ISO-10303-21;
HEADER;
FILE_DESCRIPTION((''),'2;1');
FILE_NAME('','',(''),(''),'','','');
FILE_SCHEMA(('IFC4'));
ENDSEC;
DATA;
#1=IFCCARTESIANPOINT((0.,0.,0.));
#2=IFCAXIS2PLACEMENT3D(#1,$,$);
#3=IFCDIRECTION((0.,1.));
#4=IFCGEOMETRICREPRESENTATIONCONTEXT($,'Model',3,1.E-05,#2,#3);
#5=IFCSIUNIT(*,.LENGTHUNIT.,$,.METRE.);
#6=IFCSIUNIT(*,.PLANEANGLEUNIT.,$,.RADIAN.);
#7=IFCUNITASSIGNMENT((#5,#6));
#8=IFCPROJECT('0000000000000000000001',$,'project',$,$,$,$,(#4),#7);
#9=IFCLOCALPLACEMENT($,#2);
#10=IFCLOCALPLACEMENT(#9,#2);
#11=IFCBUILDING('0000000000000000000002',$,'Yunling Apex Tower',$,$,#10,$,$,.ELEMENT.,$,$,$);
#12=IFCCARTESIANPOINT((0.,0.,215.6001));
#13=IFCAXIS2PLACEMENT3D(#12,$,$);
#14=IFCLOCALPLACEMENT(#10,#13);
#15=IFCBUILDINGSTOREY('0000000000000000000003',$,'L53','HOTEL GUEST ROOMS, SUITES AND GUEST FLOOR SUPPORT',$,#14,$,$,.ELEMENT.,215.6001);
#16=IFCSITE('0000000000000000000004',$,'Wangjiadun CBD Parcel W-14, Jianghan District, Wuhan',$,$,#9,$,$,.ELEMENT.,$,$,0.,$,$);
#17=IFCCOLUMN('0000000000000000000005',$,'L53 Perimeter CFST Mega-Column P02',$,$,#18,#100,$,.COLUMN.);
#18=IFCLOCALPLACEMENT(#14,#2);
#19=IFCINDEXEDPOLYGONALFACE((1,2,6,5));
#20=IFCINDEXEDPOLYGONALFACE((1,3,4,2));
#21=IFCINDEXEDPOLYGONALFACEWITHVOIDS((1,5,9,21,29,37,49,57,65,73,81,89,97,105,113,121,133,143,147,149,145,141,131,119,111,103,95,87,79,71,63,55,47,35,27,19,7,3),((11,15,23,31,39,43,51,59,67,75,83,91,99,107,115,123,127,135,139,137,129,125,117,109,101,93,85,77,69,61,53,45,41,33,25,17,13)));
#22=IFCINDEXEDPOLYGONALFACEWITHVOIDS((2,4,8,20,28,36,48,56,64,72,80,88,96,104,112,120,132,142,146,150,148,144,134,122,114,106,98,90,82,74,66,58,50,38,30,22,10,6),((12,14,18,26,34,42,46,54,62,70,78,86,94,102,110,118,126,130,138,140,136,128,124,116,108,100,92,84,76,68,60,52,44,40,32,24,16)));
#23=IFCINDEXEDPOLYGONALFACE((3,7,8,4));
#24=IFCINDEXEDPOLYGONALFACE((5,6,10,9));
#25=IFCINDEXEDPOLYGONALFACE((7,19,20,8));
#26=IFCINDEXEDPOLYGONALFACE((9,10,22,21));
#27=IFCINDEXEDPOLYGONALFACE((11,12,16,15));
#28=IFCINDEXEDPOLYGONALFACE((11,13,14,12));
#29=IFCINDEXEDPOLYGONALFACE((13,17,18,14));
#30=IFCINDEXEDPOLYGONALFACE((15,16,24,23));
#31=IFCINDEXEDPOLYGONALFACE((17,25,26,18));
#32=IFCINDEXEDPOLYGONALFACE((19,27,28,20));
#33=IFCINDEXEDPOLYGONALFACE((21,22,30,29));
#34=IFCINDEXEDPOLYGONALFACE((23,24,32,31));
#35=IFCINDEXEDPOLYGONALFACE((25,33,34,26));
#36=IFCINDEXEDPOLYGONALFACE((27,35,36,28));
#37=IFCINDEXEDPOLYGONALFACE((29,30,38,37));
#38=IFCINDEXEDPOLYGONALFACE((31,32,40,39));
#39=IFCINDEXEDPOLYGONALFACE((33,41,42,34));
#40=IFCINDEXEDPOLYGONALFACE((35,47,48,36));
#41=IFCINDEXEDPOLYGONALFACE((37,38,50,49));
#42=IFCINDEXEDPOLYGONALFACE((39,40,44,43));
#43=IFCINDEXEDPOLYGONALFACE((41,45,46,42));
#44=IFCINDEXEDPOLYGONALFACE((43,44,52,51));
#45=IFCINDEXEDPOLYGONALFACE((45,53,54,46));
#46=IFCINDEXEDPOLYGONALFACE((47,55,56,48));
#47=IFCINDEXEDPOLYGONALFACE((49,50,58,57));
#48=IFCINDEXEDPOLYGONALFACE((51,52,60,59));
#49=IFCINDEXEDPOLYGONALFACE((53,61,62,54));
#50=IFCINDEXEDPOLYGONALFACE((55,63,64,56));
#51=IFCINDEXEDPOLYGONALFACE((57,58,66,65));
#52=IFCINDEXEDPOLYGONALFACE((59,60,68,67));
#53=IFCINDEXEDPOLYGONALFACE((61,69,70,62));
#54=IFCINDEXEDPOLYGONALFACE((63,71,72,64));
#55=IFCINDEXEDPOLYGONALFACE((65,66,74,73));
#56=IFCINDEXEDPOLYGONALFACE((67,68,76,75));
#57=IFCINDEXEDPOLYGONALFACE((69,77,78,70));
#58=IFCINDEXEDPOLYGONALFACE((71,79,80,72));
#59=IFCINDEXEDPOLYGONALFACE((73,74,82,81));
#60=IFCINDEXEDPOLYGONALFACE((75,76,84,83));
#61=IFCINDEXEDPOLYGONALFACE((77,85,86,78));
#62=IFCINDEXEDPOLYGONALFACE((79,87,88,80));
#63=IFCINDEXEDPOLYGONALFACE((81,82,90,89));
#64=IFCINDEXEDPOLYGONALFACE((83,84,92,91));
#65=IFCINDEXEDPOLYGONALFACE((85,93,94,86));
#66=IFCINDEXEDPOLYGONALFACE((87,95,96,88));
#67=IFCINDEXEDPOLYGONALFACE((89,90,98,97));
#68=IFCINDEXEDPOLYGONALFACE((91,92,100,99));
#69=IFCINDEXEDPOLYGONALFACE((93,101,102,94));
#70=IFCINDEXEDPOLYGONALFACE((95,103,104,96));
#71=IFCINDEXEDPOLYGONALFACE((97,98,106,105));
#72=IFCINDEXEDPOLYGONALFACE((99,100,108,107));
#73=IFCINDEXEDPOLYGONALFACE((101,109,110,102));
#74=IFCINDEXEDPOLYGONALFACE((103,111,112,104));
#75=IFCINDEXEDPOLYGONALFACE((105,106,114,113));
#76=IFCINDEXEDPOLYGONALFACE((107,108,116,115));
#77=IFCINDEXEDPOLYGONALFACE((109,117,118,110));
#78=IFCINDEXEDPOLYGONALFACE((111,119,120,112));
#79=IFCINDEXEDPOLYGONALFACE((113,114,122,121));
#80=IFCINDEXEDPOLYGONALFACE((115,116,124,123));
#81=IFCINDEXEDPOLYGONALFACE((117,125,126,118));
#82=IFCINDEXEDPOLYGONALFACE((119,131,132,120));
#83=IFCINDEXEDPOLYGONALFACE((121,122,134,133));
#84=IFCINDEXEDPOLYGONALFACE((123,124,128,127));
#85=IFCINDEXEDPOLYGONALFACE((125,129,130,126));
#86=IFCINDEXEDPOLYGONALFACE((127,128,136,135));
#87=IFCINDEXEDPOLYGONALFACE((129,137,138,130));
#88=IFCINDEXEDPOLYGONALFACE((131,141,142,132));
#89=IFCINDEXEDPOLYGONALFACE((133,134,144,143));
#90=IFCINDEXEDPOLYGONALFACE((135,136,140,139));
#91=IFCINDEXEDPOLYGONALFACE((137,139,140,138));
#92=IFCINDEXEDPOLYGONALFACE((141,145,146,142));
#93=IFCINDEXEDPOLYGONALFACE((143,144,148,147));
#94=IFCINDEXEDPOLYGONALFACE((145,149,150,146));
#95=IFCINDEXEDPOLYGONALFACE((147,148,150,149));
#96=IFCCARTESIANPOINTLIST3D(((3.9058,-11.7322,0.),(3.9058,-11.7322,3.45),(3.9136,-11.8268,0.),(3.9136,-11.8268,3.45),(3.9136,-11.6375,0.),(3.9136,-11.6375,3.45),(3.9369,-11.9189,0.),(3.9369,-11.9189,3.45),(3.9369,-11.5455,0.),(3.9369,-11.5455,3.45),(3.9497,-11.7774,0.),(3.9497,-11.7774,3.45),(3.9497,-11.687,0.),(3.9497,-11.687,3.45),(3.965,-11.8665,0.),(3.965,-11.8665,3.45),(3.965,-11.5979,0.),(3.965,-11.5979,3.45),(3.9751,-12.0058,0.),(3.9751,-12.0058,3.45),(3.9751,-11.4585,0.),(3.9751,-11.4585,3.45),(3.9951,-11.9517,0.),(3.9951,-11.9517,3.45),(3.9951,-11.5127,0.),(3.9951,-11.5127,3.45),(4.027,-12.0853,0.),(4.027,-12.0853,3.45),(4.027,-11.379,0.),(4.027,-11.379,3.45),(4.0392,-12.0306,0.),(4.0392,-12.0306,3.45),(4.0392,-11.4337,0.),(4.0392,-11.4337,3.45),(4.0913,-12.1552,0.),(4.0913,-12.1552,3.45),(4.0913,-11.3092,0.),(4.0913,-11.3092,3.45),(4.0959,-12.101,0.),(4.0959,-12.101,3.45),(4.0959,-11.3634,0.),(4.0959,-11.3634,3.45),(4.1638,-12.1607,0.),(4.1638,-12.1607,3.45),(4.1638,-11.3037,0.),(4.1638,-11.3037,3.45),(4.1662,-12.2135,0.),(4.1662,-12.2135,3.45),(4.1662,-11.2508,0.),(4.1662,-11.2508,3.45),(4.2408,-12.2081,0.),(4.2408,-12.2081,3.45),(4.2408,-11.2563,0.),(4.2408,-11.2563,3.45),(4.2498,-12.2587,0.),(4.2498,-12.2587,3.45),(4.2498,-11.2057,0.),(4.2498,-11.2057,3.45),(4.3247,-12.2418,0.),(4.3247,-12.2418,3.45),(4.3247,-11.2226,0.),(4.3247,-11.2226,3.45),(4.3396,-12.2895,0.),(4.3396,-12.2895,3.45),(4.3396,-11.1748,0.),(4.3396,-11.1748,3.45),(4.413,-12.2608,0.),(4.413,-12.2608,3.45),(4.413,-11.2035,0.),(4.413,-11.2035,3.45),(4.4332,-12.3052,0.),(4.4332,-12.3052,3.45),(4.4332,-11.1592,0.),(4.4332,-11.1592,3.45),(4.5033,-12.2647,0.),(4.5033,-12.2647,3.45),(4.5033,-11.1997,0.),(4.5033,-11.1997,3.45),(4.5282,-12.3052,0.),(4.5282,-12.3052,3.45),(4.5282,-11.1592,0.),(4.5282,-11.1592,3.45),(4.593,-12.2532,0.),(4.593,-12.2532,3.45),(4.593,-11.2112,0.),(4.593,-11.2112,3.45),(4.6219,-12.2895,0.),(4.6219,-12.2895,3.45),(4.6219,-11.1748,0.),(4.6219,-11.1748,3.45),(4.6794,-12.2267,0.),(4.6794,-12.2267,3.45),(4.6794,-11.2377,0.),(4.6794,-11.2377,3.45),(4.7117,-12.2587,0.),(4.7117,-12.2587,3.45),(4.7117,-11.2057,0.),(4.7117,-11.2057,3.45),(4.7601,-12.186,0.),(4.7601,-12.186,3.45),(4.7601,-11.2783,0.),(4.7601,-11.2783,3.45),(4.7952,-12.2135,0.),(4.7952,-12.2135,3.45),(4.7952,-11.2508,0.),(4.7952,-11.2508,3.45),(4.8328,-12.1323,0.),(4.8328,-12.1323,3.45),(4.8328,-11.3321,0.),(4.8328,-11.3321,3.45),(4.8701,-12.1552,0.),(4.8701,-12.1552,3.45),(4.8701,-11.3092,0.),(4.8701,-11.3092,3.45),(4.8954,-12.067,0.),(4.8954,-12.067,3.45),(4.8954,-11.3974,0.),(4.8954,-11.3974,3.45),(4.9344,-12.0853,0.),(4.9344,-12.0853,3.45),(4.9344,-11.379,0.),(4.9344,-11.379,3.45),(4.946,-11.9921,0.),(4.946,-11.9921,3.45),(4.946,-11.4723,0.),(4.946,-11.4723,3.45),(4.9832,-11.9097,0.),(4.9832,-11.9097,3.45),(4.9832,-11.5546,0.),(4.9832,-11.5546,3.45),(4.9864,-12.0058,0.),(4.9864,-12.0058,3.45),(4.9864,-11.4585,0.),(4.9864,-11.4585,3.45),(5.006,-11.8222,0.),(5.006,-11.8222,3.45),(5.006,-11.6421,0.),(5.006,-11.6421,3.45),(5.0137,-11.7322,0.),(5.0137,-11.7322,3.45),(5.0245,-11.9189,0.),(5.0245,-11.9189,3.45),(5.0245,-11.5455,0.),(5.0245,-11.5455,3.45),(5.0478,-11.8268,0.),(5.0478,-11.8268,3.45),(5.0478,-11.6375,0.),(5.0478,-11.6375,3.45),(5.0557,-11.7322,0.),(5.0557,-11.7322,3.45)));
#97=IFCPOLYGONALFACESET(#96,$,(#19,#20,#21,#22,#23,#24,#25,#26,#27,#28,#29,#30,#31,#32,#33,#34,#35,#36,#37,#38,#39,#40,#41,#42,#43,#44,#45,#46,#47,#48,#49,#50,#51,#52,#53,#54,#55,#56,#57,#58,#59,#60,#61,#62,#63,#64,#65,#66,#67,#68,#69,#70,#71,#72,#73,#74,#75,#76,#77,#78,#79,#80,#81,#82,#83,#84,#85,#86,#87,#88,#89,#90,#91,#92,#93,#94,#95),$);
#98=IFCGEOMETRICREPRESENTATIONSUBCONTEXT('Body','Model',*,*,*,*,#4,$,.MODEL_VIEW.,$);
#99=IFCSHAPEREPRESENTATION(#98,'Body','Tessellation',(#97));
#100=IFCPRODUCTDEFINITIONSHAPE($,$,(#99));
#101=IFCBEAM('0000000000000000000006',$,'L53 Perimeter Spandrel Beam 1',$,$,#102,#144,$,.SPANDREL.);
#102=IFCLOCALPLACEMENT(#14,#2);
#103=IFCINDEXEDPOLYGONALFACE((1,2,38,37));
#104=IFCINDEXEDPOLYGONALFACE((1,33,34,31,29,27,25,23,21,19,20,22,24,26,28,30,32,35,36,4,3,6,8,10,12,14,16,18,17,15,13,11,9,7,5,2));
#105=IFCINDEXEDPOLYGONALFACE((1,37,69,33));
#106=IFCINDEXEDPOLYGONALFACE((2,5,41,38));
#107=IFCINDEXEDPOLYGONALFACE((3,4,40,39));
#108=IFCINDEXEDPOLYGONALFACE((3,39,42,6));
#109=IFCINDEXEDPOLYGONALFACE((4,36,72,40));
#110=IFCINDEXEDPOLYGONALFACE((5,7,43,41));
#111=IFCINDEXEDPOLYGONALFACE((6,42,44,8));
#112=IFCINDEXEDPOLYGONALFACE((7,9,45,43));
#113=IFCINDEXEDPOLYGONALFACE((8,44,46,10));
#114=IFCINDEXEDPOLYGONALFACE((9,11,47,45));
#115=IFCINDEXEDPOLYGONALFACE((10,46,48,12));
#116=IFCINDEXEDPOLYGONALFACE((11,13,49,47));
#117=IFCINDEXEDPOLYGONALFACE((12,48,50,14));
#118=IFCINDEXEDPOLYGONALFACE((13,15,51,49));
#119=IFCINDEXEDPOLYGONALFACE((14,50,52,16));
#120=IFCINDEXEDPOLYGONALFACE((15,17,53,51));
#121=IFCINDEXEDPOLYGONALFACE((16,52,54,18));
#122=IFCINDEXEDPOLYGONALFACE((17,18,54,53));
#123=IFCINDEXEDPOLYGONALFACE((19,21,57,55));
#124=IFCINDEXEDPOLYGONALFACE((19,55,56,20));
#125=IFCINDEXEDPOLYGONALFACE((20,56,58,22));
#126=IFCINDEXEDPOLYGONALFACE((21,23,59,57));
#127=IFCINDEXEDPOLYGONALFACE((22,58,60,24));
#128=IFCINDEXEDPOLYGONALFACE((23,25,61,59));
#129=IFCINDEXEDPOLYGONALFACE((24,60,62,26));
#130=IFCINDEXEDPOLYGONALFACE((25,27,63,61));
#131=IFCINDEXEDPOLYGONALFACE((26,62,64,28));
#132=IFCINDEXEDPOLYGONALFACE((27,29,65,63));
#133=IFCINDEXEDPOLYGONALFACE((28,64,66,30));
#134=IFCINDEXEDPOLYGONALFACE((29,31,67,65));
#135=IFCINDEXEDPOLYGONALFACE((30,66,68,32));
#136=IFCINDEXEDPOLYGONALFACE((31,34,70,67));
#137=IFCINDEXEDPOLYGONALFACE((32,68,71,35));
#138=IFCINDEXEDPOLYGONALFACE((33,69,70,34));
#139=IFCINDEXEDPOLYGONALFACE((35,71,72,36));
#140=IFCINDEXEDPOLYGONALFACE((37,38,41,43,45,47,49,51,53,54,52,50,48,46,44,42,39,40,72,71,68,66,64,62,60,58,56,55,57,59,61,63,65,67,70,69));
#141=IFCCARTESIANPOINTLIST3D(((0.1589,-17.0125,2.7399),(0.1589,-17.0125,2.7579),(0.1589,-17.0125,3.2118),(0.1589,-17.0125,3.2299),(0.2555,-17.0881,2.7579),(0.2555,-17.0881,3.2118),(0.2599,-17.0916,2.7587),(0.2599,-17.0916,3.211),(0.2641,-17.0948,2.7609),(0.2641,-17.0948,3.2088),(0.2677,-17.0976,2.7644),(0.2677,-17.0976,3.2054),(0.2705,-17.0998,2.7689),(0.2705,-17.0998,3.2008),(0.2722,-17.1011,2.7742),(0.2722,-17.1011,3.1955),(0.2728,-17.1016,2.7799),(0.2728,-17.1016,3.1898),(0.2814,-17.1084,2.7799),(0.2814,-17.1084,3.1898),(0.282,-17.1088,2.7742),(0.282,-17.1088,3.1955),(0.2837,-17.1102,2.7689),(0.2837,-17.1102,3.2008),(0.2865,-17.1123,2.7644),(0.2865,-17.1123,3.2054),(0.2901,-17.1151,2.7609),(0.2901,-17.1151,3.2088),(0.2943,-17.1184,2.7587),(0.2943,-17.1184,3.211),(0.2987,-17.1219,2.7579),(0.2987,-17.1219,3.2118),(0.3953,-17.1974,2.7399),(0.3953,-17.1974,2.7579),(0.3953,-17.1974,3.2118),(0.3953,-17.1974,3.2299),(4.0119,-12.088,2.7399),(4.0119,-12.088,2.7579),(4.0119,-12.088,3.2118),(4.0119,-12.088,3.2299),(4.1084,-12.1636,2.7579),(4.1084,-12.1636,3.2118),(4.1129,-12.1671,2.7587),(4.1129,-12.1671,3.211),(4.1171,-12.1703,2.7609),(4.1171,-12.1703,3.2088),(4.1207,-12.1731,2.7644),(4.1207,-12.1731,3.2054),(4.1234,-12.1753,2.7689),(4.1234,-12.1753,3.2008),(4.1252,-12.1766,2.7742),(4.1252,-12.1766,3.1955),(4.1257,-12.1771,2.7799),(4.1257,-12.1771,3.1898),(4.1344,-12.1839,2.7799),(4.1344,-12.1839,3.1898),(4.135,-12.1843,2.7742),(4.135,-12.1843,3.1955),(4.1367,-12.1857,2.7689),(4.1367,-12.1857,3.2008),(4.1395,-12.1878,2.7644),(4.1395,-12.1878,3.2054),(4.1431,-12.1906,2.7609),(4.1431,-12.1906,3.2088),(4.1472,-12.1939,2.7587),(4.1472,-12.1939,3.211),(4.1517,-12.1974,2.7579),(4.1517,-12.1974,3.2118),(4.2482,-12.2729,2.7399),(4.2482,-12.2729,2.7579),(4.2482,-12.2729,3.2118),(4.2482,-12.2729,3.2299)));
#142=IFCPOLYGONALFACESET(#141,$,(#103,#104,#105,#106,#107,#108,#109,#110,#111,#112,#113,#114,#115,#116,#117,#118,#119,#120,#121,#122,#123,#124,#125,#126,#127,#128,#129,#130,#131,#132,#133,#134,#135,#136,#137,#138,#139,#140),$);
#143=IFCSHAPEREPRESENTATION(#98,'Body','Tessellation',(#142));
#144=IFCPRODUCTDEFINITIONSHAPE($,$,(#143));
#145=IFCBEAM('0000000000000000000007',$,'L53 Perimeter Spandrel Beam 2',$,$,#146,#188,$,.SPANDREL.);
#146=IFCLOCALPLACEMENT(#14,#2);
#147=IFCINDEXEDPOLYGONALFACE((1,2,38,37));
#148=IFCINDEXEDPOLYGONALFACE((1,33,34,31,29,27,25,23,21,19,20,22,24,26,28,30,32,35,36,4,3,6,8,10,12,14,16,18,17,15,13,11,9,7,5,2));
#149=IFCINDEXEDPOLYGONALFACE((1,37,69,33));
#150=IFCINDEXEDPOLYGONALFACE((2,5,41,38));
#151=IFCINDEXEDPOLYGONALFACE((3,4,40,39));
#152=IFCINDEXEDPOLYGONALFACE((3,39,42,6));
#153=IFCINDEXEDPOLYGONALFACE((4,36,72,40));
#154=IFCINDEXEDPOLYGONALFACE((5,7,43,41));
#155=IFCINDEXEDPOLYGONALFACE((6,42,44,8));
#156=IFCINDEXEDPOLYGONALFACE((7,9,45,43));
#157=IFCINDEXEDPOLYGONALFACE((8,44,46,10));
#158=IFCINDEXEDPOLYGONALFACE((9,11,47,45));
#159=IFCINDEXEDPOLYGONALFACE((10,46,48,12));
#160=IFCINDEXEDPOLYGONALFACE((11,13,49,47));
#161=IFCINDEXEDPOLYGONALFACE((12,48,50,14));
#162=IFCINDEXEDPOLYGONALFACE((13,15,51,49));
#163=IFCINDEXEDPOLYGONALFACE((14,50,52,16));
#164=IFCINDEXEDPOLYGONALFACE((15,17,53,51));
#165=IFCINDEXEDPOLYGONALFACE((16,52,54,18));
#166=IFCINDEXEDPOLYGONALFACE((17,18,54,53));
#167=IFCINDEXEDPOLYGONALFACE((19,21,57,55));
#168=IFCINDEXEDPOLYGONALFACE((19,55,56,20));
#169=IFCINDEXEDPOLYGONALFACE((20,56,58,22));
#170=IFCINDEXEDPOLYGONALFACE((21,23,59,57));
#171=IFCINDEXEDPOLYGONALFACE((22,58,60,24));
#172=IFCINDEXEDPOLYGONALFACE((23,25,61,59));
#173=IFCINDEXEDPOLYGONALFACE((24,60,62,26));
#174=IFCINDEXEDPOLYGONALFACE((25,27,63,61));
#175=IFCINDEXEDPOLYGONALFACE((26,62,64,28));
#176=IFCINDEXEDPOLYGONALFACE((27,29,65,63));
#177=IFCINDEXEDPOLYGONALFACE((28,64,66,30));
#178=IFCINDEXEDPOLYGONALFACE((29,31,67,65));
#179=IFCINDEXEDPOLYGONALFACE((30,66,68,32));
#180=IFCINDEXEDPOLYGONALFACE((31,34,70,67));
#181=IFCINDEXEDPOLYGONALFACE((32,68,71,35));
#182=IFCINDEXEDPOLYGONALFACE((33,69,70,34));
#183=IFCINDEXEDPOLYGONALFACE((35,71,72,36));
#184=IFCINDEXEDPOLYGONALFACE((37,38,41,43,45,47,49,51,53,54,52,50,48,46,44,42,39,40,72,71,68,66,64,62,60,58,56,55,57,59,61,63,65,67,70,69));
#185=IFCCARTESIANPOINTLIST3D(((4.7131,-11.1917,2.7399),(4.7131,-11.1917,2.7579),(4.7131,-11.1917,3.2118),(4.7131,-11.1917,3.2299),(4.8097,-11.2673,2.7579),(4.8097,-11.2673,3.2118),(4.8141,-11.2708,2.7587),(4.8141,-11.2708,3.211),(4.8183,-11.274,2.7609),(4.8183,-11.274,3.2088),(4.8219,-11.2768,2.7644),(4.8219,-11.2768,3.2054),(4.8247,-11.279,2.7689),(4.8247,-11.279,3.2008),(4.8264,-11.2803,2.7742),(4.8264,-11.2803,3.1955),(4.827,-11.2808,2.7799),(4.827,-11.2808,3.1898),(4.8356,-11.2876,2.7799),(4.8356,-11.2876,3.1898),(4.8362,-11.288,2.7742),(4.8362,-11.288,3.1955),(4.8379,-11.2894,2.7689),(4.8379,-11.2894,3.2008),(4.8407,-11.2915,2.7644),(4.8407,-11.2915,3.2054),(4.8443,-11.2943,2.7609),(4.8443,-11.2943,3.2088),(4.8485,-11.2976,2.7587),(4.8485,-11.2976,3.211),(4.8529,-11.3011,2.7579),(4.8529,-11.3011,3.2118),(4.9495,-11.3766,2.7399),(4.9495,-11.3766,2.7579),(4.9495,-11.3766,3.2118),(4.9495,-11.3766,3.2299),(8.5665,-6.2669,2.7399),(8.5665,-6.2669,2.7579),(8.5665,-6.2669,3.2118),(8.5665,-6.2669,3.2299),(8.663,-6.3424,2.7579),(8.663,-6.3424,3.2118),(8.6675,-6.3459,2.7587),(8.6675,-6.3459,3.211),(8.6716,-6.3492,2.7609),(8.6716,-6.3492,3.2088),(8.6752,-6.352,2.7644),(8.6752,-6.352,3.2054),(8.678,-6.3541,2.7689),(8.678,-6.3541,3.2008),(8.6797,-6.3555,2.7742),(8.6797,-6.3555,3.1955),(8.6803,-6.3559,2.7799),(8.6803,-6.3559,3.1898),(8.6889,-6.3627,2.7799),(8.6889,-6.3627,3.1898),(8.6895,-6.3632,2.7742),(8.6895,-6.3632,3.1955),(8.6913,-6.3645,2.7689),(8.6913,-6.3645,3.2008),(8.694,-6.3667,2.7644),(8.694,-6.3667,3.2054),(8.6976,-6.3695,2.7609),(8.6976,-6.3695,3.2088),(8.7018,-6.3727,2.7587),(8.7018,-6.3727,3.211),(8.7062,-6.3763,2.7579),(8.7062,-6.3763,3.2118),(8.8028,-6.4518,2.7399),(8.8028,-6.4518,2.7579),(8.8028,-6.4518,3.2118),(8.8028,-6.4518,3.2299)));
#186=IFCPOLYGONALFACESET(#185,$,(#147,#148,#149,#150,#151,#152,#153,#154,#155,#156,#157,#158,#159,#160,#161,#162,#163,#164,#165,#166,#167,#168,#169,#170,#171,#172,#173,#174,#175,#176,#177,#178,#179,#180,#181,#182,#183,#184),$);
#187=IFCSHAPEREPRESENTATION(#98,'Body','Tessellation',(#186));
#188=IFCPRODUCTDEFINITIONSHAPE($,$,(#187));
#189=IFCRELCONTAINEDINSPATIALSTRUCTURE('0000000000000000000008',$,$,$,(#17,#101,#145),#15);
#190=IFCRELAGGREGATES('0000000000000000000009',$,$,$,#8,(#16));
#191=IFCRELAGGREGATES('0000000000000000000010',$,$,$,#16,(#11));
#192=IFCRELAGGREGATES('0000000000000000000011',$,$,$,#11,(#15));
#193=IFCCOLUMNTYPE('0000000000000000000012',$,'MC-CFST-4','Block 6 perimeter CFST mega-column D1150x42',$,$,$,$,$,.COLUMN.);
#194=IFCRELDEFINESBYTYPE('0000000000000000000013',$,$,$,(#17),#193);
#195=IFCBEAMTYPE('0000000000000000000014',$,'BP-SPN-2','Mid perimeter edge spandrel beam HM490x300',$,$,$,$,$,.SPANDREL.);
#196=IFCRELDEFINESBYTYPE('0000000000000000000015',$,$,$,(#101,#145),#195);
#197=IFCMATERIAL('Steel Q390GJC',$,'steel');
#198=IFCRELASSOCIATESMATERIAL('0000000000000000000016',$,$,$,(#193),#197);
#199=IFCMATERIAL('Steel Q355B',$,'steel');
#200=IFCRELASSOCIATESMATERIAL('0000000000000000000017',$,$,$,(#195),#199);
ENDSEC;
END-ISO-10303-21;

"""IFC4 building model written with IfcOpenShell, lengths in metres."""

from ifc_helpers import new_model, si_unit, direction, frame, origin, origin_2d, place, context, subcontext, project, spatial, hollow_circle, i_section, extrude, source, transform, mapped, material, material_profile, profile_set, type_object, element, save


model = new_model("IFC4")

# Units and contexts
model_context = context("Model", 3, precision=1e-05, world=origin(), true_north=direction((0.0, 1.0)))
body_context = subcontext(model_context, "Body", "Model", "MODEL_VIEW")
ifc_project = project(units=[si_unit("LENGTHUNIT", "METRE"), si_unit("PLANEANGLEUNIT", "RADIAN")], contexts=[model_context])

# Site, building, storey
site_placement = place(None, origin())
site = spatial("IfcSite", under=ifc_project, at=site_placement, Name="Wangjiadun CBD Parcel W-14, Jianghan District, Wuhan", CompositionType="ELEMENT", RefElevation=0.0)
building_placement = place(site_placement, origin())
building = spatial("IfcBuilding", under=site, at=building_placement, Name="Yunling Apex Tower", CompositionType="ELEMENT")
storey_placement = place(building_placement, frame((0.0, 0.0, 215.6001)))
storey = spatial("IfcBuildingStorey", under=building, at=storey_placement, Name="L53", Description="HOTEL GUEST ROOMS, SUITES AND GUEST FLOOR SUPPORT", CompositionType="ELEMENT", Elevation=215.6001)

# Column
ifc_material_1 = material(Name="Steel Q390GJC", Category="steel")
ifc_material_profile_1 = material_profile(ifc_material_1, hollow_circle(Radius=0.575, WallThickness=0.042, at=origin_2d()))
ifc_profile_set_1 = profile_set([ifc_material_profile_1], Name="Steel Q390GJC")
column_type = type_object("IfcColumnType", Name="MC-CFST-4", Description="Block 6 perimeter CFST mega-column D1150x42", PredefinedType="COLUMN", material=ifc_profile_set_1)
shared_shape_1 = source(origin(), body_context, "Body", "SweptSolid", [
    extrude(hollow_circle(Radius=0.575, WallThickness=0.042, at=origin_2d()), origin(), (0.0, 0.0, 1.0), 3.45),
])
column_placement = place(storey_placement, frame((4.4807, -11.7322, 0.0), z_axis=(0.0, 0.0, 1.0), x_axis=(1.0, 0.0, 0.0)))
element("IfcColumn", 1, at=column_placement, inside=storey, type_object=column_type, Name="L53 Perimeter CFST Mega-Column P02", PredefinedType="COLUMN", context=body_context, shape_type="MappedRepresentation", body=[
    mapped(shared_shape_1, transform((0.0, 0.0, 0.0), scale=1.0)),
])

# Beams
ifc_material_2 = material(Name="Steel Q355B", Category="steel")
ifc_material_profile_2 = material_profile(ifc_material_2, i_section(OverallWidth=0.3, OverallDepth=0.49, WebThickness=0.011, FlangeThickness=0.0181, FilletRadius=0.022, at=origin_2d()))
ifc_profile_set_2 = profile_set([ifc_material_profile_2], Name="Steel Q355B")
beam_type_1 = type_object("IfcBeamType", Name="BP-SPN-2", Description="Mid perimeter edge spandrel beam HM490x300", PredefinedType="SPANDREL", material=ifc_profile_set_2)
shared_shape_2 = source(origin(), body_context, "Body", "SweptSolid", [
    extrude(i_section(OverallWidth=0.3, OverallDepth=0.49, WebThickness=0.011, FlangeThickness=0.0181, FilletRadius=0.022, at=origin_2d()), origin(), (0.0, 0.0, 1.0), 6.2527),
])
beam_1_placement = place(storey_placement, frame((0.2771, -17.105, 2.9849), z_axis=(0.616211, 0.787581, 0.0), x_axis=(-0.787581, 0.616211, 0.0)))
element("IfcBeam", 2, at=beam_1_placement, inside=storey, type_object=beam_type_1, Name="L53 Perimeter Spandrel Beam 1", PredefinedType="SPANDREL", context=body_context, shape_type="MappedRepresentation", body=[
    mapped(shared_shape_2, transform((0.0, 0.0, 0.0), scale=1.0)),
])
shared_shape_3 = source(origin(), body_context, "Body", "SweptSolid", [
    extrude(i_section(OverallWidth=0.3, OverallDepth=0.49, WebThickness=0.011, FlangeThickness=0.0181, FilletRadius=0.022, at=origin_2d()), origin(), (0.0, 0.0, 1.0), 6.2532),
])
beam_2_placement = place(storey_placement, frame((4.8313, -11.2842, 2.9849), z_axis=(0.616217, 0.787577, 0.0), x_axis=(-0.787577, 0.616217, 0.0)))
element("IfcBeam", 3, at=beam_2_placement, inside=storey, type_object=beam_type_1, Name="L53 Perimeter Spandrel Beam 2", PredefinedType="SPANDREL", context=body_context, shape_type="MappedRepresentation", body=[
    mapped(shared_shape_3, transform((0.0, 0.0, 0.0), scale=1.0)),
])

save(model, "model.ifc")
